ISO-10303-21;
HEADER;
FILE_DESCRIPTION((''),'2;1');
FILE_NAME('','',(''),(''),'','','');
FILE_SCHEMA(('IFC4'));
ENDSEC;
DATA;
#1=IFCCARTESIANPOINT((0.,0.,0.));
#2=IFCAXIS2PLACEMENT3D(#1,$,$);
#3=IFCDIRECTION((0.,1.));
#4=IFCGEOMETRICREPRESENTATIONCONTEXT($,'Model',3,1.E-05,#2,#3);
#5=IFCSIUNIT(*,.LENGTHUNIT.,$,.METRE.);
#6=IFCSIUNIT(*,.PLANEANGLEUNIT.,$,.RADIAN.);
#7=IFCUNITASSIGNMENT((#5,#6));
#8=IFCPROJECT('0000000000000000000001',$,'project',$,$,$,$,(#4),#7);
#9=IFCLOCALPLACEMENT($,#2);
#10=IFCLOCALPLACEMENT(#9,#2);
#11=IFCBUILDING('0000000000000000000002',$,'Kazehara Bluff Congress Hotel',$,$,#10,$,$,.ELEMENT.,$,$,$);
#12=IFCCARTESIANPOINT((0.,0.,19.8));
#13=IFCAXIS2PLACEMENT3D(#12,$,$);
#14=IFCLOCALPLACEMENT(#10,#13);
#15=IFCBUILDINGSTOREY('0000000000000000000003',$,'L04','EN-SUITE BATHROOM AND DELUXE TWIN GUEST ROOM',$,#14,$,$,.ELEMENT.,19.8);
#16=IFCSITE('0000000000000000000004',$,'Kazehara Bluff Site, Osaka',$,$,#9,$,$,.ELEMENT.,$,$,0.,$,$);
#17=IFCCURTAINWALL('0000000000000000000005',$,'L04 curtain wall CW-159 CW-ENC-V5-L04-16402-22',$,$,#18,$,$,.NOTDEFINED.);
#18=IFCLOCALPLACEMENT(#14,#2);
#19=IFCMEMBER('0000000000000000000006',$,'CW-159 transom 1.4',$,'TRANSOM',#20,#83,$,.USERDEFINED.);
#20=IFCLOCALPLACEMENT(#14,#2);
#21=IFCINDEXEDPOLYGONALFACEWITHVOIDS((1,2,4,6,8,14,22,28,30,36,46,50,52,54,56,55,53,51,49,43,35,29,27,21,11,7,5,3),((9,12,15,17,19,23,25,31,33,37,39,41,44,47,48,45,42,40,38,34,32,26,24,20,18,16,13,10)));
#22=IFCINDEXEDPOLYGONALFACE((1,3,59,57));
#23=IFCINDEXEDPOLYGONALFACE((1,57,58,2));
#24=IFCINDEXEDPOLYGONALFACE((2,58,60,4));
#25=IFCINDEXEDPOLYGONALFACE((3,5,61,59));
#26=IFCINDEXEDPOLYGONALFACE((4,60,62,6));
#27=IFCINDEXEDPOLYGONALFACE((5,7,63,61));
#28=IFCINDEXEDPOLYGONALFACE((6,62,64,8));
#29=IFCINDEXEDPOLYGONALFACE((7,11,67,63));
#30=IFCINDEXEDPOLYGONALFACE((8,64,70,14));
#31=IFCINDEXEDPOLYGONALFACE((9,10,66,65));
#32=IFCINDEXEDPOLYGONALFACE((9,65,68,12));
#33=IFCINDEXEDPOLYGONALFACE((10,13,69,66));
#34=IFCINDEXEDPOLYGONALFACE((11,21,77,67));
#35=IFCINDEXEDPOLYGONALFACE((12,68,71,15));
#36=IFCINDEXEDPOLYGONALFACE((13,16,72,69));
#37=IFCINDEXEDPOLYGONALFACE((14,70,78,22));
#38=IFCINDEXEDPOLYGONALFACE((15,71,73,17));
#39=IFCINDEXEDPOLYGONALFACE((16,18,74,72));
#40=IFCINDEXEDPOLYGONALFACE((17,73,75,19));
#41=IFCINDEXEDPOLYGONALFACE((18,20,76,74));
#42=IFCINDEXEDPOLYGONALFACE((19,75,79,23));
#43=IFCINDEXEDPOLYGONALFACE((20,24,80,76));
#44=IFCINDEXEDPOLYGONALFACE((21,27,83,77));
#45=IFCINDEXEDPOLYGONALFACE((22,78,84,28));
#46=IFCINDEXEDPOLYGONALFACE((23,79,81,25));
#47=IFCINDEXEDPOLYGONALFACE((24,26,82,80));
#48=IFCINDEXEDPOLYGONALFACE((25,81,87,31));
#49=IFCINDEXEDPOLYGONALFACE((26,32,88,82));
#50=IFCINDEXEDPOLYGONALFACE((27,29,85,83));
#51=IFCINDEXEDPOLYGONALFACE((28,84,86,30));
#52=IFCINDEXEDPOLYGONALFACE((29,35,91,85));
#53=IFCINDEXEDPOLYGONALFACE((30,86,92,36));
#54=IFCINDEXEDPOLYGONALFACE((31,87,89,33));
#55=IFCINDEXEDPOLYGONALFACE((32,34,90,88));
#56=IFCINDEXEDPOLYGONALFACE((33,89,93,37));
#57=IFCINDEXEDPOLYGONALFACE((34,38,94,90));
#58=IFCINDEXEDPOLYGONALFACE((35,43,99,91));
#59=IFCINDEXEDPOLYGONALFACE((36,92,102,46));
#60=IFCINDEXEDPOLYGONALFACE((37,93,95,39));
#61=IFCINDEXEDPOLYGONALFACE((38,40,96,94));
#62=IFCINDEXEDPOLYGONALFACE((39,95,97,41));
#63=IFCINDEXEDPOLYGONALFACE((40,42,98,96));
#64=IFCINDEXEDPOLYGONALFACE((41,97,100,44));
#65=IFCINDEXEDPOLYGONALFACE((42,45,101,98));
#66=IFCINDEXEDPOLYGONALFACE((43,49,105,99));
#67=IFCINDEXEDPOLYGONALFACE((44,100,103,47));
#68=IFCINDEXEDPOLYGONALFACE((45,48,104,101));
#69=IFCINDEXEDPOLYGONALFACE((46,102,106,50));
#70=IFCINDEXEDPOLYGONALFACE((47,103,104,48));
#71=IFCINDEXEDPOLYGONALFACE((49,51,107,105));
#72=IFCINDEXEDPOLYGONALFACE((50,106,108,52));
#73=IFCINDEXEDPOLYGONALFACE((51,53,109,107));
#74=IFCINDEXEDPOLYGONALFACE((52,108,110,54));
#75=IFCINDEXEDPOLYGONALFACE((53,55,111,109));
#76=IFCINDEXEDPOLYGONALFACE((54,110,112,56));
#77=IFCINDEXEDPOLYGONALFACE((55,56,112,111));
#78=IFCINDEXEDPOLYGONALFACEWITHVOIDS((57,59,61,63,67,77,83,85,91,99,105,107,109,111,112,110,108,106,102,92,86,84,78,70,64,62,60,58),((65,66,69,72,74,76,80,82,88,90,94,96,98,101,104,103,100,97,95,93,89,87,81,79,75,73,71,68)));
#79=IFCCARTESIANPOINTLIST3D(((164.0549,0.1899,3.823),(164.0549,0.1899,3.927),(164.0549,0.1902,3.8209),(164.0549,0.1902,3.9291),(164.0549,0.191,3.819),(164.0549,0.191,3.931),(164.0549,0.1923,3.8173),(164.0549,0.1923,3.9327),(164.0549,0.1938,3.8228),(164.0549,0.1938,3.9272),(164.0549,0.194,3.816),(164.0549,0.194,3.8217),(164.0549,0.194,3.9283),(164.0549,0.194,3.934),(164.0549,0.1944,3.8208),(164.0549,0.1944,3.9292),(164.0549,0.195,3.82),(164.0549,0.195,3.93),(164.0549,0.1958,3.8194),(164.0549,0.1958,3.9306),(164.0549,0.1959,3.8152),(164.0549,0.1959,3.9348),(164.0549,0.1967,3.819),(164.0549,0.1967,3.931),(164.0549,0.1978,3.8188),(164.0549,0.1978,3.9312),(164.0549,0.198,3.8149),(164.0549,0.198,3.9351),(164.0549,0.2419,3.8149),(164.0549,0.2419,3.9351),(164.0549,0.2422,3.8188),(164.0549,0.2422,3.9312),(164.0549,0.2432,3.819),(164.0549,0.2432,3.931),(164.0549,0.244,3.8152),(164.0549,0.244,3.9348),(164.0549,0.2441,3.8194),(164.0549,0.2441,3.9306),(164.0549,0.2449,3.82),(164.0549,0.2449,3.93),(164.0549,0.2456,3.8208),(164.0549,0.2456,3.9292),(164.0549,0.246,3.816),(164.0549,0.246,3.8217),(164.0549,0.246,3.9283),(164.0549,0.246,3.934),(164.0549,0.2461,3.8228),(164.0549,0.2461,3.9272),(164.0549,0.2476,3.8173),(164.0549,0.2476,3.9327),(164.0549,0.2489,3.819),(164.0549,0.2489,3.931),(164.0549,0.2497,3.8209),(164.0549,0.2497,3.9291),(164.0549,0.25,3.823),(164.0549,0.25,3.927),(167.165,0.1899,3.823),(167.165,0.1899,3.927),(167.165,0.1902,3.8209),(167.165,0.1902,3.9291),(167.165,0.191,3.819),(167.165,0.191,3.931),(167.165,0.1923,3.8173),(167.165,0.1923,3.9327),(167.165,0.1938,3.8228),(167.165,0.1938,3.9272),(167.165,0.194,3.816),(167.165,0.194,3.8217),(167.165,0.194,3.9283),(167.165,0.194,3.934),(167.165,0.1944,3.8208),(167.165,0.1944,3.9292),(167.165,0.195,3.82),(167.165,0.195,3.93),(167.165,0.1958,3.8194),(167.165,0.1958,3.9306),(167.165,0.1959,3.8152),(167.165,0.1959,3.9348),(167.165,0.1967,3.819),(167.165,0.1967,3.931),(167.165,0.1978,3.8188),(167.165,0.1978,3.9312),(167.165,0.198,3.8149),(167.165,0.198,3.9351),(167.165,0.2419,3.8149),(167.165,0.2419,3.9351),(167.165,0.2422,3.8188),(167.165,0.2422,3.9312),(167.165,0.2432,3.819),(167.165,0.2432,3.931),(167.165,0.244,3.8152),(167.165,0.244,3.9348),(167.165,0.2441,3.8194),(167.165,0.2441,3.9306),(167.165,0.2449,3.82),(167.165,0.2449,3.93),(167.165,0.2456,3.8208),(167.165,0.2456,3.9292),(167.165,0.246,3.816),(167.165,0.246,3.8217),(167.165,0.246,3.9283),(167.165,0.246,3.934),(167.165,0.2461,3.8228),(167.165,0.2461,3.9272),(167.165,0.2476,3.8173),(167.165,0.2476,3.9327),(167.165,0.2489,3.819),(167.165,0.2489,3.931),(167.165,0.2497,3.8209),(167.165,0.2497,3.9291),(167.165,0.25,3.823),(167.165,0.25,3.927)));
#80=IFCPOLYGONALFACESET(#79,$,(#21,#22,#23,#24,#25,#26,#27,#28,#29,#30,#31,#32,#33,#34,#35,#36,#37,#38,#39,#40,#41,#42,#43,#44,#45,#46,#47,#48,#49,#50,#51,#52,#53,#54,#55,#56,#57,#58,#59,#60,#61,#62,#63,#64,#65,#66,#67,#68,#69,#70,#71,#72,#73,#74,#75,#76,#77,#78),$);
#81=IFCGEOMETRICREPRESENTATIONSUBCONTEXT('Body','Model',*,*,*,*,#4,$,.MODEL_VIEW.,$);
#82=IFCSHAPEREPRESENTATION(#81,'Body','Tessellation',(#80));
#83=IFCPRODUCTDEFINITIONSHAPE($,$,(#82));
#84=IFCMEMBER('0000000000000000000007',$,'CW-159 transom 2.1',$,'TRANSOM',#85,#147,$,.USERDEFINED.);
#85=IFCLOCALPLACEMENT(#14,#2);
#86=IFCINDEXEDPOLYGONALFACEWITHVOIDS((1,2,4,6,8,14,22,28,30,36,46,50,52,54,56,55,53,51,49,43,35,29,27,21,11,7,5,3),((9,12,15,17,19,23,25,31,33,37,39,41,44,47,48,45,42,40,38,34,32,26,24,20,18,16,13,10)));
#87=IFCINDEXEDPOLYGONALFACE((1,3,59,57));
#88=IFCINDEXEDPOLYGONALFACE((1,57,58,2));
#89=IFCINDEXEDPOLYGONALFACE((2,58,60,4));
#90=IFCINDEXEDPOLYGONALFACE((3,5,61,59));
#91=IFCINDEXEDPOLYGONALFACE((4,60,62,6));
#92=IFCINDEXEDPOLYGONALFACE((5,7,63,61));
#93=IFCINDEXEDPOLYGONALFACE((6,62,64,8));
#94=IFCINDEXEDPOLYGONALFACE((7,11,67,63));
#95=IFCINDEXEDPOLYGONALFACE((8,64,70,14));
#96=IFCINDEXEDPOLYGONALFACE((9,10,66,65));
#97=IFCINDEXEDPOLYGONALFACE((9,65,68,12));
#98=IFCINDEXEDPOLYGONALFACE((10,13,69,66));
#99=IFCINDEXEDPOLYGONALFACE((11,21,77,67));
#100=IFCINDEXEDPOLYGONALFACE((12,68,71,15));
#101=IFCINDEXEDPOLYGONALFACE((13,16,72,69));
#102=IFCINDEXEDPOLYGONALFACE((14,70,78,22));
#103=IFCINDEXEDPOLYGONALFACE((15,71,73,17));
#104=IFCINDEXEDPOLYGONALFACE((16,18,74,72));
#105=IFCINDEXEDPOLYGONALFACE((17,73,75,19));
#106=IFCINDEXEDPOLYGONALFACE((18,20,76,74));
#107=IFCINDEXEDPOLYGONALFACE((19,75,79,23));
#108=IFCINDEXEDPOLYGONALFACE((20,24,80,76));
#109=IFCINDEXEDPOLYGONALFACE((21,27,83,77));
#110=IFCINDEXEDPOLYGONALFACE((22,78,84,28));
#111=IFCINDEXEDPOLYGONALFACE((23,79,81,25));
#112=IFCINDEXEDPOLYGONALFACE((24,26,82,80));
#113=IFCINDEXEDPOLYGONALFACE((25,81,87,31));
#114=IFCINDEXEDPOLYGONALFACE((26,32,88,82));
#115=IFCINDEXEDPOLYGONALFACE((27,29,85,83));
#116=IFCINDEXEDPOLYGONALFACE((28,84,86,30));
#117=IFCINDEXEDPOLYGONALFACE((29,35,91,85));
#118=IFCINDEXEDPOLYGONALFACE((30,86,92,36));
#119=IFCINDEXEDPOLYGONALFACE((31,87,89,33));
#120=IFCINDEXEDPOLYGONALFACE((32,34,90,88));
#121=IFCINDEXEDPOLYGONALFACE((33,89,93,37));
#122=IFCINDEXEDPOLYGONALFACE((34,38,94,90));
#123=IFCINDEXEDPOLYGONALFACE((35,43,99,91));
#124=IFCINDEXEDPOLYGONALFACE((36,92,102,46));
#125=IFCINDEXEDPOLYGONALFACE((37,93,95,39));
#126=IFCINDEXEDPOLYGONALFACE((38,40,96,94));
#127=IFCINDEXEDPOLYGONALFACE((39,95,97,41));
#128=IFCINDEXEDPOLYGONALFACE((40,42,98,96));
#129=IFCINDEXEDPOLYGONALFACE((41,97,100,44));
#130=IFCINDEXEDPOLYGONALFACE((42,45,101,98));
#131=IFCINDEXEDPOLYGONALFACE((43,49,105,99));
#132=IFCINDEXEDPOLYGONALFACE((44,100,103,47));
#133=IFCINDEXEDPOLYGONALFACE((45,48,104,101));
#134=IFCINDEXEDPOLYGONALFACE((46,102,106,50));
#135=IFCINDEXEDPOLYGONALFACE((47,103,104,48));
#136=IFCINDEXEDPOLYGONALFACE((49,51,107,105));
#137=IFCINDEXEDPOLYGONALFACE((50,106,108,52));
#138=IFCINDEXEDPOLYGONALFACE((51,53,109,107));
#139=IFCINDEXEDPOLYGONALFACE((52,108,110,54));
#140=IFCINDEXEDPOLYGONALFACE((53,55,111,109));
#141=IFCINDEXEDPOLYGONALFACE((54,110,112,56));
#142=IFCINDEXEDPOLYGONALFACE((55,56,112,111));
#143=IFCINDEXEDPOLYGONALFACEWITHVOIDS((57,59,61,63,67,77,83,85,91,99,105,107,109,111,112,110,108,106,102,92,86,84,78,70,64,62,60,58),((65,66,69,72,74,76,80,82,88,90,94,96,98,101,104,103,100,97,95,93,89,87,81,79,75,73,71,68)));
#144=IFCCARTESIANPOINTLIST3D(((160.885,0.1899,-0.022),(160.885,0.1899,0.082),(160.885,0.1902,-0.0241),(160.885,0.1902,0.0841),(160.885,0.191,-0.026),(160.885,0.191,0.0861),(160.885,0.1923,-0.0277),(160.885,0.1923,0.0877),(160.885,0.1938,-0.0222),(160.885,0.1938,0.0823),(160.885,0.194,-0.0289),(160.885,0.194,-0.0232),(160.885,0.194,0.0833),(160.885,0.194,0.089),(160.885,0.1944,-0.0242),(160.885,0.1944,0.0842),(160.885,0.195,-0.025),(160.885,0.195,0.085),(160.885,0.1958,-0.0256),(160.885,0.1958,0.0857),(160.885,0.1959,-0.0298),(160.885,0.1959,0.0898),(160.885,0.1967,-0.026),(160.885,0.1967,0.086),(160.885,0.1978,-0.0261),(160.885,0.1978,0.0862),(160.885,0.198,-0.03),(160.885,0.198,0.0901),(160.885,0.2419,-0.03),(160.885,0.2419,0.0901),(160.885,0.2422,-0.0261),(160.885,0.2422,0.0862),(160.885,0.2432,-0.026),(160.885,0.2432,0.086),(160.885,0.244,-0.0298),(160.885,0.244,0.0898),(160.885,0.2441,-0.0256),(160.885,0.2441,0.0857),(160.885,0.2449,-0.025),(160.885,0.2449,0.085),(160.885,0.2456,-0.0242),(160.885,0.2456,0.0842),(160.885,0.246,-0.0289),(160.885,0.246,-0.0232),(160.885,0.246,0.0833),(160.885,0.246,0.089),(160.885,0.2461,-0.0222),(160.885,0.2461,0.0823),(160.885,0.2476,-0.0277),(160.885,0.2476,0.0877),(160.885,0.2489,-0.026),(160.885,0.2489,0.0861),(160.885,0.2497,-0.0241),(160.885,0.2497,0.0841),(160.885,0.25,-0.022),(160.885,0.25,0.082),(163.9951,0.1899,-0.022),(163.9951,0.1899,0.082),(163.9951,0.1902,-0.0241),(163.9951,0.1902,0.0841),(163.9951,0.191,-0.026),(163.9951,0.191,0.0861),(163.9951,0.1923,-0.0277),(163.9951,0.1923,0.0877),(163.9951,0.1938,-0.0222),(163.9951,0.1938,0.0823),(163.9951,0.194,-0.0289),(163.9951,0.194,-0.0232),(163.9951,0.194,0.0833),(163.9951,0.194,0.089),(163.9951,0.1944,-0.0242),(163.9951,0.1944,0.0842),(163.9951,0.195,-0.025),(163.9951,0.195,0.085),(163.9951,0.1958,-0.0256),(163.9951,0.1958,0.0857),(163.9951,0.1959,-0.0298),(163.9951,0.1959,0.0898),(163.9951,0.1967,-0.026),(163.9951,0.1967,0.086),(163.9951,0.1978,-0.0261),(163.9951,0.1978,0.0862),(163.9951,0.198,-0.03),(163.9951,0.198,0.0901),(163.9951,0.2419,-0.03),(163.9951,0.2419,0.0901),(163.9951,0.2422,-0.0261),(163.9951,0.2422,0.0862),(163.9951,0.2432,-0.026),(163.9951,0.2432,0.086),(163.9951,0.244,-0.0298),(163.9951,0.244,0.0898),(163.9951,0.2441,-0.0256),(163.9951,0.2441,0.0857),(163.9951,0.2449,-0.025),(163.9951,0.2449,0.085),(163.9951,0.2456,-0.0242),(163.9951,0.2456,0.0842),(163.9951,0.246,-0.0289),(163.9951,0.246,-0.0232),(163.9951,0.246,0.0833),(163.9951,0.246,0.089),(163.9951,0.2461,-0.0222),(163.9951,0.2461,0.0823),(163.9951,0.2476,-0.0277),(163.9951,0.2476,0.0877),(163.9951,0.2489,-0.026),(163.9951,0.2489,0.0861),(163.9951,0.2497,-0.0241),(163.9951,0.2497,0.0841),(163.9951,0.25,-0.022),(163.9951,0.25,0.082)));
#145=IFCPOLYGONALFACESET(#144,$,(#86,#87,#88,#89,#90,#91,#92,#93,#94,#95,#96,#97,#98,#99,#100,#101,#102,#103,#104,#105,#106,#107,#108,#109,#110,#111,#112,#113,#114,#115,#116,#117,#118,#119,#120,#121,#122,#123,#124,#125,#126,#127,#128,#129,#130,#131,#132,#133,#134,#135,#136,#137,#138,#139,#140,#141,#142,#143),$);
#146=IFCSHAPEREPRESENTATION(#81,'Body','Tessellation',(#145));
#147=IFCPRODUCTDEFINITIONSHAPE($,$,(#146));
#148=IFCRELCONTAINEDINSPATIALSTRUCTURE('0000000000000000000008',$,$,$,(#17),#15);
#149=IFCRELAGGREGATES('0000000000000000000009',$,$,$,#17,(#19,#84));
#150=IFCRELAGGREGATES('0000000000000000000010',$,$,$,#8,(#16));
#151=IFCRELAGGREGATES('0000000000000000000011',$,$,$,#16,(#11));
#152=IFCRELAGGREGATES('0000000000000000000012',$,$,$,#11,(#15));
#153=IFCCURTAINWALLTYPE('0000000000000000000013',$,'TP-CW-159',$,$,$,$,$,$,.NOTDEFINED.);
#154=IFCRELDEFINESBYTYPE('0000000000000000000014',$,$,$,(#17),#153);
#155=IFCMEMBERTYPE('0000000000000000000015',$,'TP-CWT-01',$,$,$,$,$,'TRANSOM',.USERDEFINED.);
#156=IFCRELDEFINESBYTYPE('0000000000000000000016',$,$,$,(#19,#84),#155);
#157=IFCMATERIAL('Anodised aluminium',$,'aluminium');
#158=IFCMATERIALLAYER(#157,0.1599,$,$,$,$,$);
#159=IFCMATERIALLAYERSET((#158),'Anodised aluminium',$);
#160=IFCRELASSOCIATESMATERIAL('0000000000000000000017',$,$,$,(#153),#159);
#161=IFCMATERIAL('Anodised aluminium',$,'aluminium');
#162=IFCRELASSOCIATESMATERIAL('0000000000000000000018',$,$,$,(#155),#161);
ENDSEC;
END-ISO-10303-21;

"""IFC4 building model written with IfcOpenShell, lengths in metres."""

from ifc_helpers import new_model, si_unit, direction, frame, origin, origin_2d, place, context, subcontext, project, spatial, hollow_rectangle, extrude, material, layer, layer_set, material_profile, profile_set, type_object, element, aggregate, save


model = new_model("IFC4")

# Units and contexts
model_context = context("Model", 3, precision=1e-05, world=origin(), true_north=direction((0.0, 1.0)))
body_context = subcontext(model_context, "Body", "Model", "MODEL_VIEW")
ifc_project = project(units=[si_unit("LENGTHUNIT", "METRE"), si_unit("PLANEANGLEUNIT", "RADIAN")], contexts=[model_context])

# Site, building, storey
site_placement = place(None, origin())
site = spatial("IfcSite", under=ifc_project, at=site_placement, Name="Kazehara Bluff Site, Osaka", CompositionType="ELEMENT", RefElevation=0.0)
building_placement = place(site_placement, origin())
building = spatial("IfcBuilding", under=site, at=building_placement, Name="Kazehara Bluff Congress Hotel", CompositionType="ELEMENT")
storey_placement = place(building_placement, frame((0.0, 0.0, 19.8)))
storey = spatial("IfcBuildingStorey", under=building, at=storey_placement, Name="L04", Description="EN-SUITE BATHROOM AND DELUXE TWIN GUEST ROOM", CompositionType="ELEMENT", Elevation=19.8)

# Curtain wall
ifc_material_1 = material(Name="Anodised aluminium", Category="aluminium")
ifc_layer_1 = layer(ifc_material_1, 0.1599)
ifc_layer_set_1 = layer_set([ifc_layer_1], Name="Anodised aluminium")
curtain_wall_type_1 = type_object("IfcCurtainWallType", Name="TP-CW-159", PredefinedType="NOTDEFINED", material=ifc_layer_set_1)
curtain_wall_1_placement = place(storey_placement, origin())
curtain_wall_1 = element("IfcCurtainWall", 1, at=curtain_wall_1_placement, inside=storey, type_object=curtain_wall_type_1, Name="L04 curtain wall CW-159 CW-ENC-V5-L04-16402-22", PredefinedType="NOTDEFINED")

# Members
ifc_material_2 = material(Name="Anodised aluminium", Category="aluminium")
ifc_material_profile_1 = material_profile(ifc_material_2, hollow_rectangle(XDim=0.0601, YDim=0.1201, WallThickness=0.0039, InnerFilletRadius=0.0039, OuterFilletRadius=0.0081, at=origin_2d()))
ifc_profile_set_1 = profile_set([ifc_material_profile_1], Name="Anodised aluminium")
member_type_1 = type_object("IfcMemberType", Name="TP-CWT-01", ElementType="TRANSOM", PredefinedType="USERDEFINED", material=ifc_profile_set_1)
member_1_placement = place(storey_placement, frame((167.165, 0.22, 3.875), z_axis=(-1.0, 0.0, 0.0), x_axis=(0.0, -1.0, 0.0)))
member_1 = element("IfcMember", 2, at=member_1_placement, type_object=member_type_1, Name="CW-159 transom 1.4", ObjectType="TRANSOM", PredefinedType="USERDEFINED", context=body_context, shape_type="SweptSolid", body=[
    extrude(hollow_rectangle(XDim=0.0601, YDim=0.1201, WallThickness=0.0039, InnerFilletRadius=0.0039, OuterFilletRadius=0.0081, at=origin_2d()), origin(), (0.0, 0.0, 1.0), 3.1101),
])
member_2_placement = place(storey_placement, frame((163.9951, 0.22, 0.03), z_axis=(-1.0, 0.0, 0.0), x_axis=(0.0, -1.0, 0.0)))
member_2 = element("IfcMember", 3, at=member_2_placement, type_object=member_type_1, Name="CW-159 transom 2.1", ObjectType="TRANSOM", PredefinedType="USERDEFINED", context=body_context, shape_type="SweptSolid", body=[
    extrude(hollow_rectangle(XDim=0.0601, YDim=0.1201, WallThickness=0.0039, InnerFilletRadius=0.0039, OuterFilletRadius=0.0081, at=origin_2d()), origin(), (0.0, 0.0, 1.0), 3.1101),
])

aggregate(curtain_wall_1, [member_1, member_2])

save(model, "model.ifc")
